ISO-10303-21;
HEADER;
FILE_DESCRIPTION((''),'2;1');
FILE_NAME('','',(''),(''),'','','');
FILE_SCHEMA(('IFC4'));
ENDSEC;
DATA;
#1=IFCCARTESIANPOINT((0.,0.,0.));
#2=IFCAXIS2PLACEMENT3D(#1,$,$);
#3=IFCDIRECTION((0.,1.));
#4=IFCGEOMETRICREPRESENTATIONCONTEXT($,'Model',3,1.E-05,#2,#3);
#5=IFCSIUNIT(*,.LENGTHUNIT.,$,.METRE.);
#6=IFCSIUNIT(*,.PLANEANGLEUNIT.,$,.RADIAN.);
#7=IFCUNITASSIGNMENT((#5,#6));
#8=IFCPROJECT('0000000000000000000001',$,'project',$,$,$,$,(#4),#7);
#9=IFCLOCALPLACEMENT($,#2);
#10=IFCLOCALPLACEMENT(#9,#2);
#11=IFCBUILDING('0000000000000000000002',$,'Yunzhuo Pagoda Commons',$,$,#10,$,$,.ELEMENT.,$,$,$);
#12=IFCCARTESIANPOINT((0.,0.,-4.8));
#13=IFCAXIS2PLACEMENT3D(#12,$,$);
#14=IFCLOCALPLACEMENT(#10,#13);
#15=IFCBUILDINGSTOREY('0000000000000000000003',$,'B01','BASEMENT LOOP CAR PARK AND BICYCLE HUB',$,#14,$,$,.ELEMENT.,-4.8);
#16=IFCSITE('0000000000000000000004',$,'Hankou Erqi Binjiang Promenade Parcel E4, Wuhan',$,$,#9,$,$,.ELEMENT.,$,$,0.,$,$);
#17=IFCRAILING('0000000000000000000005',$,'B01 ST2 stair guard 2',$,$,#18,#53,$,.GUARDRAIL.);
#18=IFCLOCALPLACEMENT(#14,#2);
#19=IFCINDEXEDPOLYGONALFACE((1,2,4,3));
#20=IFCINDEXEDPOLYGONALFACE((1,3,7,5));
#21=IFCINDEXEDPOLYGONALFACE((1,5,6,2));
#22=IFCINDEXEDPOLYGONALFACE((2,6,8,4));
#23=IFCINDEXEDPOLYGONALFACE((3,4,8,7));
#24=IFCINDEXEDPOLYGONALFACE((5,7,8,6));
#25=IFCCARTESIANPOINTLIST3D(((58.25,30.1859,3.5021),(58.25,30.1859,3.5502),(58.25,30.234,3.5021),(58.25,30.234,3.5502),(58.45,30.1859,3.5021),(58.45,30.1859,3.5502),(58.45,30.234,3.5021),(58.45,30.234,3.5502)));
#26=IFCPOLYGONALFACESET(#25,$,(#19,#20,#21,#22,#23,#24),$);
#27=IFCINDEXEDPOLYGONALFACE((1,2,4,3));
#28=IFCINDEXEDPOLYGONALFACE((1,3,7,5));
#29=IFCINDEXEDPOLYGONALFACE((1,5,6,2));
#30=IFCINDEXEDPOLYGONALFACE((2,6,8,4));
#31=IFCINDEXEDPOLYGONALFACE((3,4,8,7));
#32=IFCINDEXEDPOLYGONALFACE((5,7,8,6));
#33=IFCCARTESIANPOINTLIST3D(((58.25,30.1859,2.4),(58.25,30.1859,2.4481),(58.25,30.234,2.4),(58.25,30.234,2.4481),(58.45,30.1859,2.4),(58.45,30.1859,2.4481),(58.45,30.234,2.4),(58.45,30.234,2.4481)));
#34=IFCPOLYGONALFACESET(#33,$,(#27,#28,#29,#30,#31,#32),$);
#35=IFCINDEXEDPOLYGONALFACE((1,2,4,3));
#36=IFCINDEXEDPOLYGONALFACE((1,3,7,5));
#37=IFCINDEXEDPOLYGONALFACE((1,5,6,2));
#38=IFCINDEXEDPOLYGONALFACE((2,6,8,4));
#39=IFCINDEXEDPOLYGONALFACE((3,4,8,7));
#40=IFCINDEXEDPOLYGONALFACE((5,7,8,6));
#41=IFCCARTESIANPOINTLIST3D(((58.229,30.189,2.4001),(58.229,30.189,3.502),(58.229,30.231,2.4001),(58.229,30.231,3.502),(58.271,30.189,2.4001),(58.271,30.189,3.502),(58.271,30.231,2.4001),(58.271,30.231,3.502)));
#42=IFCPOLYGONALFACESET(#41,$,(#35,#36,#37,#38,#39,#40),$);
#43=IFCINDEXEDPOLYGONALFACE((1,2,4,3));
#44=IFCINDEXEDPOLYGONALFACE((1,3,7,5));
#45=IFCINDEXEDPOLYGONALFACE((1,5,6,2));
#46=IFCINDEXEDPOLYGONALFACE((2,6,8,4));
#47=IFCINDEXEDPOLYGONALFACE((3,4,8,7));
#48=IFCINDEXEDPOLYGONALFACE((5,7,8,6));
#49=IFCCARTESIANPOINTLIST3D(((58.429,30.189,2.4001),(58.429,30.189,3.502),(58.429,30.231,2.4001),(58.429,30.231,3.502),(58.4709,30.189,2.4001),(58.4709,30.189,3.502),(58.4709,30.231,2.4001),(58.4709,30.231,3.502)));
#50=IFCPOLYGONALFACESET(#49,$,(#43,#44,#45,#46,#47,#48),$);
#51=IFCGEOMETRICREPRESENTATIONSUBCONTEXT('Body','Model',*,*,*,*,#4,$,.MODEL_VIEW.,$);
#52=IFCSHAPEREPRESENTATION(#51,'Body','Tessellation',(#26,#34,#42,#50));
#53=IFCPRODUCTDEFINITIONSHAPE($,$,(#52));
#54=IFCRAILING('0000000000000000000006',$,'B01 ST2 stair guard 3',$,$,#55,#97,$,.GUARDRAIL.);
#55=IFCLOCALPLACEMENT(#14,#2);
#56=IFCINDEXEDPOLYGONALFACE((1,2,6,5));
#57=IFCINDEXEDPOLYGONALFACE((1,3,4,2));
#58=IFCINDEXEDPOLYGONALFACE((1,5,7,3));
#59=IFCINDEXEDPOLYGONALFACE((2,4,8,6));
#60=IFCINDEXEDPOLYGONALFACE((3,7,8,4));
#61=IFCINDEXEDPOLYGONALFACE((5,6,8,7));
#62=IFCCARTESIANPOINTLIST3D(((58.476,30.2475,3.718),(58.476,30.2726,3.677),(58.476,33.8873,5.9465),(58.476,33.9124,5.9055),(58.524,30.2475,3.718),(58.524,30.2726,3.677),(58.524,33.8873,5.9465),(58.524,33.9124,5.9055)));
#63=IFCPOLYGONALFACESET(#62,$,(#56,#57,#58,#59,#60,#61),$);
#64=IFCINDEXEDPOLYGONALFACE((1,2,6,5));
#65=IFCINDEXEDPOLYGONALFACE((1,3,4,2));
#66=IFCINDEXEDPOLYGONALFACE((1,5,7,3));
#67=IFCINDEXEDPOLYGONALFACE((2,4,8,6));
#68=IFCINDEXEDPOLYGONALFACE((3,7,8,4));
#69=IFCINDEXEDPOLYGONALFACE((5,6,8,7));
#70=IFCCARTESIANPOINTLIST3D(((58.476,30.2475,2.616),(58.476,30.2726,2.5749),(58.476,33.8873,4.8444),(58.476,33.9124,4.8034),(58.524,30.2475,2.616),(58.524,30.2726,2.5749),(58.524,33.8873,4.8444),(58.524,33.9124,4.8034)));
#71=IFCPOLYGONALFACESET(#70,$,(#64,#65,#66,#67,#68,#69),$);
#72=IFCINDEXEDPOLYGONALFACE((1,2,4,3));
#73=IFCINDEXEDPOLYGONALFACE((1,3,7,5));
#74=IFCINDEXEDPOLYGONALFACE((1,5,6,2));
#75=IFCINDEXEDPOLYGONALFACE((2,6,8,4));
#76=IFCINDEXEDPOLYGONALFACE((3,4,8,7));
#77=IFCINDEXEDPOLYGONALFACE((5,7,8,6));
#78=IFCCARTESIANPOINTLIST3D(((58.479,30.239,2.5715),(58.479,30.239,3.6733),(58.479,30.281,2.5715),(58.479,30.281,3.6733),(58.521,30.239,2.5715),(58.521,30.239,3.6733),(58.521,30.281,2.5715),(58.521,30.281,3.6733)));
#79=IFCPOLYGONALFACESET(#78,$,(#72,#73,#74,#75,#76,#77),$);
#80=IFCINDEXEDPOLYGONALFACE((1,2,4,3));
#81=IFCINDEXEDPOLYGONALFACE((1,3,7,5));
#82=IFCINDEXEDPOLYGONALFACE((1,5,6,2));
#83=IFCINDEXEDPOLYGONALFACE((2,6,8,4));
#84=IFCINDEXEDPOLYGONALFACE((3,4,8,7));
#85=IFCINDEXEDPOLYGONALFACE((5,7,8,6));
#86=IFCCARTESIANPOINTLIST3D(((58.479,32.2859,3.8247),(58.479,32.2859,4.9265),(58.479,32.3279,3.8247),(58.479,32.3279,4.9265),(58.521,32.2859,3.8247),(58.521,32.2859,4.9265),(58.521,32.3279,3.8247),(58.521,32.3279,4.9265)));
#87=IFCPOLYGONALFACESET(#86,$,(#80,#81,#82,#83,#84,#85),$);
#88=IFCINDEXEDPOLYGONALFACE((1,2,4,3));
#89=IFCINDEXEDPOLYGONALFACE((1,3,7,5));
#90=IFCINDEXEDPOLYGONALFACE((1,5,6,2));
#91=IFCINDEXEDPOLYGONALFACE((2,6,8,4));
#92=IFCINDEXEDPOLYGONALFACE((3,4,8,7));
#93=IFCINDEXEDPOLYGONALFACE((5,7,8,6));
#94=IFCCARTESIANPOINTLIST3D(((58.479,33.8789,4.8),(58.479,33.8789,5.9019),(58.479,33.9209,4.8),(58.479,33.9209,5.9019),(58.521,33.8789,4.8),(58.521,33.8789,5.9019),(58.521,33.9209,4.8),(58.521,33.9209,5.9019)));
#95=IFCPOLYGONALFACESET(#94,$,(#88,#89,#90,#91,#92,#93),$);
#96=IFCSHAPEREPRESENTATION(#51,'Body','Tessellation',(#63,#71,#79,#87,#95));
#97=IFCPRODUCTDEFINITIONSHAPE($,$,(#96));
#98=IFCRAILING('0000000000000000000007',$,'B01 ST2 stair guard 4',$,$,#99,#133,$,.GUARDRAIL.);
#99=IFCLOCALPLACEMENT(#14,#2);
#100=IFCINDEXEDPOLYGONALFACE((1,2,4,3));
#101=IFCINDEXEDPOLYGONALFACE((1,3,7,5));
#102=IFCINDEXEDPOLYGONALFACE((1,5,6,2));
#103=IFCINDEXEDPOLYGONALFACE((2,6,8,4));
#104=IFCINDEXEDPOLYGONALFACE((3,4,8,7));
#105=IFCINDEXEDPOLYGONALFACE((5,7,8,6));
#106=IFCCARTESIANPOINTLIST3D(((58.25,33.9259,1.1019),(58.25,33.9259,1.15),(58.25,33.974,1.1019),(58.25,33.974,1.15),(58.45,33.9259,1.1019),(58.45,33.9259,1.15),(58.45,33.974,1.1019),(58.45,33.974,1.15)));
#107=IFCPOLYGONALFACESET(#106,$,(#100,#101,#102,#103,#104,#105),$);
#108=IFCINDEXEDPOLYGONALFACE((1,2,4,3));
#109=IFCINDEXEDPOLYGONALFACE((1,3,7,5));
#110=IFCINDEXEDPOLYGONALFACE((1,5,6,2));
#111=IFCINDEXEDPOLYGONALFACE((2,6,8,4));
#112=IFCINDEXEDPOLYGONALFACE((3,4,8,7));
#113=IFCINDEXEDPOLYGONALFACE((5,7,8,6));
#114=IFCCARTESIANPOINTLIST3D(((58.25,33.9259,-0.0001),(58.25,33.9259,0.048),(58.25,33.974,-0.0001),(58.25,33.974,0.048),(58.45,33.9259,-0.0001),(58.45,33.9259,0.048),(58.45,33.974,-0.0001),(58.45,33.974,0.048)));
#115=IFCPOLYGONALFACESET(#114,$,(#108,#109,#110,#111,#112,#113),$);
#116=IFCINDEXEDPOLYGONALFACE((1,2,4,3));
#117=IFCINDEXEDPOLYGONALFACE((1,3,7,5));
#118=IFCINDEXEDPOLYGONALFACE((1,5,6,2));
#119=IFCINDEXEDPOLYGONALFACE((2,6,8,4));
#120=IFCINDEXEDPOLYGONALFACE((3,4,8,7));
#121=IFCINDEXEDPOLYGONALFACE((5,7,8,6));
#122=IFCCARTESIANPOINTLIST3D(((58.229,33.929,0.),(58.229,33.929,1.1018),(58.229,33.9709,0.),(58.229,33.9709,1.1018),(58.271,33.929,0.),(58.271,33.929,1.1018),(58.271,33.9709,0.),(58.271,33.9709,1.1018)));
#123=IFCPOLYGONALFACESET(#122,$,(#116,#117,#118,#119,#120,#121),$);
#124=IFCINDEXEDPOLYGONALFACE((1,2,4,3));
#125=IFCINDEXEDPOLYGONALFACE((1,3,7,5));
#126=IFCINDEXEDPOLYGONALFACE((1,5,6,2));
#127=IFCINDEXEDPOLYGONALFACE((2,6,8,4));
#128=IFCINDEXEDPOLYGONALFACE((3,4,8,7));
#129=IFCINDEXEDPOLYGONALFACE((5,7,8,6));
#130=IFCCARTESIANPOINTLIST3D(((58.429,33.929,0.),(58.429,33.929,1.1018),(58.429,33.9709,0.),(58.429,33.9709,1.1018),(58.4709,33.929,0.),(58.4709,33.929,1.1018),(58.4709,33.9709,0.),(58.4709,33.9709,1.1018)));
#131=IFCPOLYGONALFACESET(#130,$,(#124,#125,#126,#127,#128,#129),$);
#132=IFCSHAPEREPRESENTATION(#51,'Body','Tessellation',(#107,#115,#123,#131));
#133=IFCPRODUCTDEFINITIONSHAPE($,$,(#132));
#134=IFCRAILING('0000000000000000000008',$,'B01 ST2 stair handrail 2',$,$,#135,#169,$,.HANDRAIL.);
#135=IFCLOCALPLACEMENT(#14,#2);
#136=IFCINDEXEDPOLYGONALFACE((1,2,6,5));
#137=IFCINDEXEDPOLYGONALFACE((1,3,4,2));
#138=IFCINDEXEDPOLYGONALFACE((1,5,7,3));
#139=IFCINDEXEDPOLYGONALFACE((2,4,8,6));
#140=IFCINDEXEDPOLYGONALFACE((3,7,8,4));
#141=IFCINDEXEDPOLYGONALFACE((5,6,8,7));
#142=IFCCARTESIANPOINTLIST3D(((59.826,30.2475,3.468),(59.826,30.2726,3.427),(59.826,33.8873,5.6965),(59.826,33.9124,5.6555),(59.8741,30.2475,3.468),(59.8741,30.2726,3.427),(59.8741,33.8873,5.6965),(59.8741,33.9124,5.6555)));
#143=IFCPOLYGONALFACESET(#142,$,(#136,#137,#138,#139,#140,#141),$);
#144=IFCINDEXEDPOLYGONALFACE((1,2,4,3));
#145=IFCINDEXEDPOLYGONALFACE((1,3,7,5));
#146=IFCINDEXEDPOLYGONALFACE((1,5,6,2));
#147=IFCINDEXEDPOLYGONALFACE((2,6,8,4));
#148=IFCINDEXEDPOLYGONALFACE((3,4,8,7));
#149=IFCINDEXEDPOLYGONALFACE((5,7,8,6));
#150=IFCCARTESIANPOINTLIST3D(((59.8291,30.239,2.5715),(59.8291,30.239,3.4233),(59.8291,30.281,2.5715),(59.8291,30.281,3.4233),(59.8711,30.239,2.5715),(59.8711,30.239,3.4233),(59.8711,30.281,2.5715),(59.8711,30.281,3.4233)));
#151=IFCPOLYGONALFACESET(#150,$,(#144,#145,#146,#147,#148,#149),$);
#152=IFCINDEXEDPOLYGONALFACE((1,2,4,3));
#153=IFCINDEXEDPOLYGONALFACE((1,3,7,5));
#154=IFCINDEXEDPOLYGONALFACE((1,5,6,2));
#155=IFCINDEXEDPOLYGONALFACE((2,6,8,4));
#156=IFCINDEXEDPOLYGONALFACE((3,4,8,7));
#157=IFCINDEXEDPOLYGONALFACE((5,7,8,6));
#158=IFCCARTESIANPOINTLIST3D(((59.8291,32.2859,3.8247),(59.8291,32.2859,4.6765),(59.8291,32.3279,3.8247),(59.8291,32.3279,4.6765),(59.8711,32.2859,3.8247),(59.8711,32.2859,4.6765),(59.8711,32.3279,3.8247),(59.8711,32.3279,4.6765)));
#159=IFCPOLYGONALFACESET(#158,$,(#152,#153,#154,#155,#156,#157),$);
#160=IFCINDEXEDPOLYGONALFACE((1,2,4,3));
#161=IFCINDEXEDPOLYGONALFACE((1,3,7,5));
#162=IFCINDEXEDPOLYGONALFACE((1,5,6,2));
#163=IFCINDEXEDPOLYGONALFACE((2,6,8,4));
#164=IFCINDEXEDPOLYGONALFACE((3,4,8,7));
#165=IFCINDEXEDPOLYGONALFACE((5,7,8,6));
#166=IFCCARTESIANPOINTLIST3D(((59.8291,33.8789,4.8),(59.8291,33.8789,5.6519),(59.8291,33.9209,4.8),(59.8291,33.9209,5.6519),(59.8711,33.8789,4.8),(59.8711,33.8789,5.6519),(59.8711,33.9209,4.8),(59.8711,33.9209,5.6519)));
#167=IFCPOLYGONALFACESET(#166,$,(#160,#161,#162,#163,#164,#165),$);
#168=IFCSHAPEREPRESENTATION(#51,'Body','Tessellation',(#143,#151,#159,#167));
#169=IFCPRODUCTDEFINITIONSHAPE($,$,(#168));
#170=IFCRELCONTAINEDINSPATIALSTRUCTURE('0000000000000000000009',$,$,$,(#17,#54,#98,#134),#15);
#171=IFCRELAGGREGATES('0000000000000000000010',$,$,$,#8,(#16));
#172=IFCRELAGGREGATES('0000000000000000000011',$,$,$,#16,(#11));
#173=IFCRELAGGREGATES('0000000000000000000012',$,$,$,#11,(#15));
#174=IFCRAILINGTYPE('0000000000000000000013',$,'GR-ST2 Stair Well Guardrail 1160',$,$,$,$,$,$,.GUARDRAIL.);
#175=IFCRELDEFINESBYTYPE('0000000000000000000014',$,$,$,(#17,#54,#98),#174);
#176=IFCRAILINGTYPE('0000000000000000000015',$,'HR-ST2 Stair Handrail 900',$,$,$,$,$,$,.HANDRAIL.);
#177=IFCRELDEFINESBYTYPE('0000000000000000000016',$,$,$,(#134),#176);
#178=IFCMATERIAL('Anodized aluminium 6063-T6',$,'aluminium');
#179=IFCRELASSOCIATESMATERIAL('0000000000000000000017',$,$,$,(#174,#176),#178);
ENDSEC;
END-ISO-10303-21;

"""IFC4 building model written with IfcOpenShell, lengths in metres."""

from ifc_helpers import new_model, si_unit, direction, frame, origin, origin_2d, place, context, subcontext, project, spatial, rectangle, extrude, material, type_object, element, save


model = new_model("IFC4")

# Units and contexts
model_context = context("Model", 3, precision=1e-05, world=origin(), true_north=direction((0.0, 1.0)))
body_context = subcontext(model_context, "Body", "Model", "MODEL_VIEW")
ifc_project = project(units=[si_unit("LENGTHUNIT", "METRE"), si_unit("PLANEANGLEUNIT", "RADIAN")], contexts=[model_context])

# Site, building, storey
site_placement = place(None, origin())
site = spatial("IfcSite", under=ifc_project, at=site_placement, Name="Hankou Erqi Binjiang Promenade Parcel E4, Wuhan", CompositionType="ELEMENT", RefElevation=0.0)
building_placement = place(site_placement, origin())
building = spatial("IfcBuilding", under=site, at=building_placement, Name="Yunzhuo Pagoda Commons", CompositionType="ELEMENT")
storey_placement = place(building_placement, frame((0.0, 0.0, -4.8)))
storey = spatial("IfcBuildingStorey", under=building, at=storey_placement, Name="B01", Description="BASEMENT LOOP CAR PARK AND BICYCLE HUB", CompositionType="ELEMENT", Elevation=-4.8)

# Railings
ifc_material_1 = material(Name="Anodized aluminium 6063-T6", Category="aluminium")
railing_type_1 = type_object("IfcRailingType", Name="GR-ST2 Stair Well Guardrail 1160", PredefinedType="GUARDRAIL", material=ifc_material_1)
railing_1_placement = place(storey_placement, frame((58.25, 30.21, 2.4001)))
element("IfcRailing", 1, at=railing_1_placement, inside=storey, type_object=railing_type_1, Name="B01 ST2 stair guard 2", PredefinedType="GUARDRAIL", context=body_context, shape_type="SweptSolid", body=[
    extrude(rectangle(XDim=0.0481, YDim=0.0481, at=origin_2d()), frame((0.0, 0.0, 1.126), z_axis=(1.0, 0.0, 0.0), x_axis=(0.0, 1.0, 0.0)), (0.0, 0.0, 1.0), 0.2),
    extrude(rectangle(XDim=0.0481, YDim=0.0481, at=origin_2d()), frame((0.0, 0.0, 0.0239), z_axis=(1.0, 0.0, 0.0), x_axis=(0.0, 1.0, 0.0)), (0.0, 0.0, 1.0), 0.2),
    extrude(rectangle(XDim=0.042, YDim=0.042, at=origin_2d()), origin(), (0.0, 0.0, 1.0), 1.1018),
    extrude(rectangle(XDim=0.042, YDim=0.042, at=origin_2d()), frame((0.2, 0.0, 0.0)), (0.0, 0.0, 1.0), 1.1018),
])
railing_2_placement = place(storey_placement, frame((58.5, 30.26, 2.5715)))
element("IfcRailing", 2, at=railing_2_placement, inside=storey, type_object=railing_type_1, Name="B01 ST2 stair guard 3", PredefinedType="GUARDRAIL", context=body_context, shape_type="SweptSolid", body=[
    extrude(rectangle(XDim=0.0481, YDim=0.0481, at=origin_2d()), frame((0.0, 0.0, 1.126), z_axis=(0.0, 0.85285, 0.522156), x_axis=(-1.0, 0.0, 0.0)), (0.0, 0.0, 1.0), 4.2678),
    extrude(rectangle(XDim=0.0481, YDim=0.0481, at=origin_2d()), frame((0.0, 0.0, 0.0239), z_axis=(0.0, 0.85285, 0.522156), x_axis=(-1.0, 0.0, 0.0)), (0.0, 0.0, 1.0), 4.2678),
    extrude(rectangle(XDim=0.042, YDim=0.042, at=origin_2d()), origin(), (0.0, 0.0, 1.0), 1.1018),
    extrude(rectangle(XDim=0.042, YDim=0.042, at=origin_2d()), frame((0.0, 2.0469, 1.2532)), (0.0, 0.0, 1.0), 1.1018),
    extrude(rectangle(XDim=0.042, YDim=0.042, at=origin_2d()), frame((0.0, 3.6399, 2.2285)), (0.0, 0.0, 1.0), 1.1018),
])
railing_3_placement = place(storey_placement, frame((58.25, 33.95, 0.0)))
element("IfcRailing", 3, at=railing_3_placement, inside=storey, type_object=railing_type_1, Name="B01 ST2 stair guard 4", PredefinedType="GUARDRAIL", context=body_context, shape_type="SweptSolid", body=[
    extrude(rectangle(XDim=0.0481, YDim=0.0481, at=origin_2d()), frame((0.0, 0.0, 1.126), z_axis=(1.0, 0.0, 0.0), x_axis=(0.0, 1.0, 0.0)), (0.0, 0.0, 1.0), 0.2),
    extrude(rectangle(XDim=0.0481, YDim=0.0481, at=origin_2d()), frame((0.0, 0.0, 0.0239), z_axis=(1.0, 0.0, 0.0), x_axis=(0.0, 1.0, 0.0)), (0.0, 0.0, 1.0), 0.2),
    extrude(rectangle(XDim=0.042, YDim=0.042, at=origin_2d()), origin(), (0.0, 0.0, 1.0), 1.1018),
    extrude(rectangle(XDim=0.042, YDim=0.042, at=origin_2d()), frame((0.2, 0.0, 0.0)), (0.0, 0.0, 1.0), 1.1018),
])
railing_type_2 = type_object("IfcRailingType", Name="HR-ST2 Stair Handrail 900", PredefinedType="HANDRAIL", material=ifc_material_1)
railing_4_placement = place(storey_placement, frame((59.8501, 30.26, 2.5715)))
element("IfcRailing", 4, at=railing_4_placement, inside=storey, type_object=railing_type_2, Name="B01 ST2 stair handrail 2", PredefinedType="HANDRAIL", context=body_context, shape_type="SweptSolid", body=[
    extrude(rectangle(XDim=0.0481, YDim=0.0481, at=origin_2d()), frame((0.0, 0.0, 0.876), z_axis=(0.0, 0.85285, 0.522156), x_axis=(-1.0, 0.0, 0.0)), (0.0, 0.0, 1.0), 4.2678),
    extrude(rectangle(XDim=0.042, YDim=0.042, at=origin_2d()), origin(), (0.0, 0.0, 1.0), 0.8518),
    extrude(rectangle(XDim=0.042, YDim=0.042, at=origin_2d()), frame((0.0, 2.0469, 1.2532)), (0.0, 0.0, 1.0), 0.8518),
    extrude(rectangle(XDim=0.042, YDim=0.042, at=origin_2d()), frame((0.0, 3.6399, 2.2285)), (0.0, 0.0, 1.0), 0.8518),
])

save(model, "model.ifc")
